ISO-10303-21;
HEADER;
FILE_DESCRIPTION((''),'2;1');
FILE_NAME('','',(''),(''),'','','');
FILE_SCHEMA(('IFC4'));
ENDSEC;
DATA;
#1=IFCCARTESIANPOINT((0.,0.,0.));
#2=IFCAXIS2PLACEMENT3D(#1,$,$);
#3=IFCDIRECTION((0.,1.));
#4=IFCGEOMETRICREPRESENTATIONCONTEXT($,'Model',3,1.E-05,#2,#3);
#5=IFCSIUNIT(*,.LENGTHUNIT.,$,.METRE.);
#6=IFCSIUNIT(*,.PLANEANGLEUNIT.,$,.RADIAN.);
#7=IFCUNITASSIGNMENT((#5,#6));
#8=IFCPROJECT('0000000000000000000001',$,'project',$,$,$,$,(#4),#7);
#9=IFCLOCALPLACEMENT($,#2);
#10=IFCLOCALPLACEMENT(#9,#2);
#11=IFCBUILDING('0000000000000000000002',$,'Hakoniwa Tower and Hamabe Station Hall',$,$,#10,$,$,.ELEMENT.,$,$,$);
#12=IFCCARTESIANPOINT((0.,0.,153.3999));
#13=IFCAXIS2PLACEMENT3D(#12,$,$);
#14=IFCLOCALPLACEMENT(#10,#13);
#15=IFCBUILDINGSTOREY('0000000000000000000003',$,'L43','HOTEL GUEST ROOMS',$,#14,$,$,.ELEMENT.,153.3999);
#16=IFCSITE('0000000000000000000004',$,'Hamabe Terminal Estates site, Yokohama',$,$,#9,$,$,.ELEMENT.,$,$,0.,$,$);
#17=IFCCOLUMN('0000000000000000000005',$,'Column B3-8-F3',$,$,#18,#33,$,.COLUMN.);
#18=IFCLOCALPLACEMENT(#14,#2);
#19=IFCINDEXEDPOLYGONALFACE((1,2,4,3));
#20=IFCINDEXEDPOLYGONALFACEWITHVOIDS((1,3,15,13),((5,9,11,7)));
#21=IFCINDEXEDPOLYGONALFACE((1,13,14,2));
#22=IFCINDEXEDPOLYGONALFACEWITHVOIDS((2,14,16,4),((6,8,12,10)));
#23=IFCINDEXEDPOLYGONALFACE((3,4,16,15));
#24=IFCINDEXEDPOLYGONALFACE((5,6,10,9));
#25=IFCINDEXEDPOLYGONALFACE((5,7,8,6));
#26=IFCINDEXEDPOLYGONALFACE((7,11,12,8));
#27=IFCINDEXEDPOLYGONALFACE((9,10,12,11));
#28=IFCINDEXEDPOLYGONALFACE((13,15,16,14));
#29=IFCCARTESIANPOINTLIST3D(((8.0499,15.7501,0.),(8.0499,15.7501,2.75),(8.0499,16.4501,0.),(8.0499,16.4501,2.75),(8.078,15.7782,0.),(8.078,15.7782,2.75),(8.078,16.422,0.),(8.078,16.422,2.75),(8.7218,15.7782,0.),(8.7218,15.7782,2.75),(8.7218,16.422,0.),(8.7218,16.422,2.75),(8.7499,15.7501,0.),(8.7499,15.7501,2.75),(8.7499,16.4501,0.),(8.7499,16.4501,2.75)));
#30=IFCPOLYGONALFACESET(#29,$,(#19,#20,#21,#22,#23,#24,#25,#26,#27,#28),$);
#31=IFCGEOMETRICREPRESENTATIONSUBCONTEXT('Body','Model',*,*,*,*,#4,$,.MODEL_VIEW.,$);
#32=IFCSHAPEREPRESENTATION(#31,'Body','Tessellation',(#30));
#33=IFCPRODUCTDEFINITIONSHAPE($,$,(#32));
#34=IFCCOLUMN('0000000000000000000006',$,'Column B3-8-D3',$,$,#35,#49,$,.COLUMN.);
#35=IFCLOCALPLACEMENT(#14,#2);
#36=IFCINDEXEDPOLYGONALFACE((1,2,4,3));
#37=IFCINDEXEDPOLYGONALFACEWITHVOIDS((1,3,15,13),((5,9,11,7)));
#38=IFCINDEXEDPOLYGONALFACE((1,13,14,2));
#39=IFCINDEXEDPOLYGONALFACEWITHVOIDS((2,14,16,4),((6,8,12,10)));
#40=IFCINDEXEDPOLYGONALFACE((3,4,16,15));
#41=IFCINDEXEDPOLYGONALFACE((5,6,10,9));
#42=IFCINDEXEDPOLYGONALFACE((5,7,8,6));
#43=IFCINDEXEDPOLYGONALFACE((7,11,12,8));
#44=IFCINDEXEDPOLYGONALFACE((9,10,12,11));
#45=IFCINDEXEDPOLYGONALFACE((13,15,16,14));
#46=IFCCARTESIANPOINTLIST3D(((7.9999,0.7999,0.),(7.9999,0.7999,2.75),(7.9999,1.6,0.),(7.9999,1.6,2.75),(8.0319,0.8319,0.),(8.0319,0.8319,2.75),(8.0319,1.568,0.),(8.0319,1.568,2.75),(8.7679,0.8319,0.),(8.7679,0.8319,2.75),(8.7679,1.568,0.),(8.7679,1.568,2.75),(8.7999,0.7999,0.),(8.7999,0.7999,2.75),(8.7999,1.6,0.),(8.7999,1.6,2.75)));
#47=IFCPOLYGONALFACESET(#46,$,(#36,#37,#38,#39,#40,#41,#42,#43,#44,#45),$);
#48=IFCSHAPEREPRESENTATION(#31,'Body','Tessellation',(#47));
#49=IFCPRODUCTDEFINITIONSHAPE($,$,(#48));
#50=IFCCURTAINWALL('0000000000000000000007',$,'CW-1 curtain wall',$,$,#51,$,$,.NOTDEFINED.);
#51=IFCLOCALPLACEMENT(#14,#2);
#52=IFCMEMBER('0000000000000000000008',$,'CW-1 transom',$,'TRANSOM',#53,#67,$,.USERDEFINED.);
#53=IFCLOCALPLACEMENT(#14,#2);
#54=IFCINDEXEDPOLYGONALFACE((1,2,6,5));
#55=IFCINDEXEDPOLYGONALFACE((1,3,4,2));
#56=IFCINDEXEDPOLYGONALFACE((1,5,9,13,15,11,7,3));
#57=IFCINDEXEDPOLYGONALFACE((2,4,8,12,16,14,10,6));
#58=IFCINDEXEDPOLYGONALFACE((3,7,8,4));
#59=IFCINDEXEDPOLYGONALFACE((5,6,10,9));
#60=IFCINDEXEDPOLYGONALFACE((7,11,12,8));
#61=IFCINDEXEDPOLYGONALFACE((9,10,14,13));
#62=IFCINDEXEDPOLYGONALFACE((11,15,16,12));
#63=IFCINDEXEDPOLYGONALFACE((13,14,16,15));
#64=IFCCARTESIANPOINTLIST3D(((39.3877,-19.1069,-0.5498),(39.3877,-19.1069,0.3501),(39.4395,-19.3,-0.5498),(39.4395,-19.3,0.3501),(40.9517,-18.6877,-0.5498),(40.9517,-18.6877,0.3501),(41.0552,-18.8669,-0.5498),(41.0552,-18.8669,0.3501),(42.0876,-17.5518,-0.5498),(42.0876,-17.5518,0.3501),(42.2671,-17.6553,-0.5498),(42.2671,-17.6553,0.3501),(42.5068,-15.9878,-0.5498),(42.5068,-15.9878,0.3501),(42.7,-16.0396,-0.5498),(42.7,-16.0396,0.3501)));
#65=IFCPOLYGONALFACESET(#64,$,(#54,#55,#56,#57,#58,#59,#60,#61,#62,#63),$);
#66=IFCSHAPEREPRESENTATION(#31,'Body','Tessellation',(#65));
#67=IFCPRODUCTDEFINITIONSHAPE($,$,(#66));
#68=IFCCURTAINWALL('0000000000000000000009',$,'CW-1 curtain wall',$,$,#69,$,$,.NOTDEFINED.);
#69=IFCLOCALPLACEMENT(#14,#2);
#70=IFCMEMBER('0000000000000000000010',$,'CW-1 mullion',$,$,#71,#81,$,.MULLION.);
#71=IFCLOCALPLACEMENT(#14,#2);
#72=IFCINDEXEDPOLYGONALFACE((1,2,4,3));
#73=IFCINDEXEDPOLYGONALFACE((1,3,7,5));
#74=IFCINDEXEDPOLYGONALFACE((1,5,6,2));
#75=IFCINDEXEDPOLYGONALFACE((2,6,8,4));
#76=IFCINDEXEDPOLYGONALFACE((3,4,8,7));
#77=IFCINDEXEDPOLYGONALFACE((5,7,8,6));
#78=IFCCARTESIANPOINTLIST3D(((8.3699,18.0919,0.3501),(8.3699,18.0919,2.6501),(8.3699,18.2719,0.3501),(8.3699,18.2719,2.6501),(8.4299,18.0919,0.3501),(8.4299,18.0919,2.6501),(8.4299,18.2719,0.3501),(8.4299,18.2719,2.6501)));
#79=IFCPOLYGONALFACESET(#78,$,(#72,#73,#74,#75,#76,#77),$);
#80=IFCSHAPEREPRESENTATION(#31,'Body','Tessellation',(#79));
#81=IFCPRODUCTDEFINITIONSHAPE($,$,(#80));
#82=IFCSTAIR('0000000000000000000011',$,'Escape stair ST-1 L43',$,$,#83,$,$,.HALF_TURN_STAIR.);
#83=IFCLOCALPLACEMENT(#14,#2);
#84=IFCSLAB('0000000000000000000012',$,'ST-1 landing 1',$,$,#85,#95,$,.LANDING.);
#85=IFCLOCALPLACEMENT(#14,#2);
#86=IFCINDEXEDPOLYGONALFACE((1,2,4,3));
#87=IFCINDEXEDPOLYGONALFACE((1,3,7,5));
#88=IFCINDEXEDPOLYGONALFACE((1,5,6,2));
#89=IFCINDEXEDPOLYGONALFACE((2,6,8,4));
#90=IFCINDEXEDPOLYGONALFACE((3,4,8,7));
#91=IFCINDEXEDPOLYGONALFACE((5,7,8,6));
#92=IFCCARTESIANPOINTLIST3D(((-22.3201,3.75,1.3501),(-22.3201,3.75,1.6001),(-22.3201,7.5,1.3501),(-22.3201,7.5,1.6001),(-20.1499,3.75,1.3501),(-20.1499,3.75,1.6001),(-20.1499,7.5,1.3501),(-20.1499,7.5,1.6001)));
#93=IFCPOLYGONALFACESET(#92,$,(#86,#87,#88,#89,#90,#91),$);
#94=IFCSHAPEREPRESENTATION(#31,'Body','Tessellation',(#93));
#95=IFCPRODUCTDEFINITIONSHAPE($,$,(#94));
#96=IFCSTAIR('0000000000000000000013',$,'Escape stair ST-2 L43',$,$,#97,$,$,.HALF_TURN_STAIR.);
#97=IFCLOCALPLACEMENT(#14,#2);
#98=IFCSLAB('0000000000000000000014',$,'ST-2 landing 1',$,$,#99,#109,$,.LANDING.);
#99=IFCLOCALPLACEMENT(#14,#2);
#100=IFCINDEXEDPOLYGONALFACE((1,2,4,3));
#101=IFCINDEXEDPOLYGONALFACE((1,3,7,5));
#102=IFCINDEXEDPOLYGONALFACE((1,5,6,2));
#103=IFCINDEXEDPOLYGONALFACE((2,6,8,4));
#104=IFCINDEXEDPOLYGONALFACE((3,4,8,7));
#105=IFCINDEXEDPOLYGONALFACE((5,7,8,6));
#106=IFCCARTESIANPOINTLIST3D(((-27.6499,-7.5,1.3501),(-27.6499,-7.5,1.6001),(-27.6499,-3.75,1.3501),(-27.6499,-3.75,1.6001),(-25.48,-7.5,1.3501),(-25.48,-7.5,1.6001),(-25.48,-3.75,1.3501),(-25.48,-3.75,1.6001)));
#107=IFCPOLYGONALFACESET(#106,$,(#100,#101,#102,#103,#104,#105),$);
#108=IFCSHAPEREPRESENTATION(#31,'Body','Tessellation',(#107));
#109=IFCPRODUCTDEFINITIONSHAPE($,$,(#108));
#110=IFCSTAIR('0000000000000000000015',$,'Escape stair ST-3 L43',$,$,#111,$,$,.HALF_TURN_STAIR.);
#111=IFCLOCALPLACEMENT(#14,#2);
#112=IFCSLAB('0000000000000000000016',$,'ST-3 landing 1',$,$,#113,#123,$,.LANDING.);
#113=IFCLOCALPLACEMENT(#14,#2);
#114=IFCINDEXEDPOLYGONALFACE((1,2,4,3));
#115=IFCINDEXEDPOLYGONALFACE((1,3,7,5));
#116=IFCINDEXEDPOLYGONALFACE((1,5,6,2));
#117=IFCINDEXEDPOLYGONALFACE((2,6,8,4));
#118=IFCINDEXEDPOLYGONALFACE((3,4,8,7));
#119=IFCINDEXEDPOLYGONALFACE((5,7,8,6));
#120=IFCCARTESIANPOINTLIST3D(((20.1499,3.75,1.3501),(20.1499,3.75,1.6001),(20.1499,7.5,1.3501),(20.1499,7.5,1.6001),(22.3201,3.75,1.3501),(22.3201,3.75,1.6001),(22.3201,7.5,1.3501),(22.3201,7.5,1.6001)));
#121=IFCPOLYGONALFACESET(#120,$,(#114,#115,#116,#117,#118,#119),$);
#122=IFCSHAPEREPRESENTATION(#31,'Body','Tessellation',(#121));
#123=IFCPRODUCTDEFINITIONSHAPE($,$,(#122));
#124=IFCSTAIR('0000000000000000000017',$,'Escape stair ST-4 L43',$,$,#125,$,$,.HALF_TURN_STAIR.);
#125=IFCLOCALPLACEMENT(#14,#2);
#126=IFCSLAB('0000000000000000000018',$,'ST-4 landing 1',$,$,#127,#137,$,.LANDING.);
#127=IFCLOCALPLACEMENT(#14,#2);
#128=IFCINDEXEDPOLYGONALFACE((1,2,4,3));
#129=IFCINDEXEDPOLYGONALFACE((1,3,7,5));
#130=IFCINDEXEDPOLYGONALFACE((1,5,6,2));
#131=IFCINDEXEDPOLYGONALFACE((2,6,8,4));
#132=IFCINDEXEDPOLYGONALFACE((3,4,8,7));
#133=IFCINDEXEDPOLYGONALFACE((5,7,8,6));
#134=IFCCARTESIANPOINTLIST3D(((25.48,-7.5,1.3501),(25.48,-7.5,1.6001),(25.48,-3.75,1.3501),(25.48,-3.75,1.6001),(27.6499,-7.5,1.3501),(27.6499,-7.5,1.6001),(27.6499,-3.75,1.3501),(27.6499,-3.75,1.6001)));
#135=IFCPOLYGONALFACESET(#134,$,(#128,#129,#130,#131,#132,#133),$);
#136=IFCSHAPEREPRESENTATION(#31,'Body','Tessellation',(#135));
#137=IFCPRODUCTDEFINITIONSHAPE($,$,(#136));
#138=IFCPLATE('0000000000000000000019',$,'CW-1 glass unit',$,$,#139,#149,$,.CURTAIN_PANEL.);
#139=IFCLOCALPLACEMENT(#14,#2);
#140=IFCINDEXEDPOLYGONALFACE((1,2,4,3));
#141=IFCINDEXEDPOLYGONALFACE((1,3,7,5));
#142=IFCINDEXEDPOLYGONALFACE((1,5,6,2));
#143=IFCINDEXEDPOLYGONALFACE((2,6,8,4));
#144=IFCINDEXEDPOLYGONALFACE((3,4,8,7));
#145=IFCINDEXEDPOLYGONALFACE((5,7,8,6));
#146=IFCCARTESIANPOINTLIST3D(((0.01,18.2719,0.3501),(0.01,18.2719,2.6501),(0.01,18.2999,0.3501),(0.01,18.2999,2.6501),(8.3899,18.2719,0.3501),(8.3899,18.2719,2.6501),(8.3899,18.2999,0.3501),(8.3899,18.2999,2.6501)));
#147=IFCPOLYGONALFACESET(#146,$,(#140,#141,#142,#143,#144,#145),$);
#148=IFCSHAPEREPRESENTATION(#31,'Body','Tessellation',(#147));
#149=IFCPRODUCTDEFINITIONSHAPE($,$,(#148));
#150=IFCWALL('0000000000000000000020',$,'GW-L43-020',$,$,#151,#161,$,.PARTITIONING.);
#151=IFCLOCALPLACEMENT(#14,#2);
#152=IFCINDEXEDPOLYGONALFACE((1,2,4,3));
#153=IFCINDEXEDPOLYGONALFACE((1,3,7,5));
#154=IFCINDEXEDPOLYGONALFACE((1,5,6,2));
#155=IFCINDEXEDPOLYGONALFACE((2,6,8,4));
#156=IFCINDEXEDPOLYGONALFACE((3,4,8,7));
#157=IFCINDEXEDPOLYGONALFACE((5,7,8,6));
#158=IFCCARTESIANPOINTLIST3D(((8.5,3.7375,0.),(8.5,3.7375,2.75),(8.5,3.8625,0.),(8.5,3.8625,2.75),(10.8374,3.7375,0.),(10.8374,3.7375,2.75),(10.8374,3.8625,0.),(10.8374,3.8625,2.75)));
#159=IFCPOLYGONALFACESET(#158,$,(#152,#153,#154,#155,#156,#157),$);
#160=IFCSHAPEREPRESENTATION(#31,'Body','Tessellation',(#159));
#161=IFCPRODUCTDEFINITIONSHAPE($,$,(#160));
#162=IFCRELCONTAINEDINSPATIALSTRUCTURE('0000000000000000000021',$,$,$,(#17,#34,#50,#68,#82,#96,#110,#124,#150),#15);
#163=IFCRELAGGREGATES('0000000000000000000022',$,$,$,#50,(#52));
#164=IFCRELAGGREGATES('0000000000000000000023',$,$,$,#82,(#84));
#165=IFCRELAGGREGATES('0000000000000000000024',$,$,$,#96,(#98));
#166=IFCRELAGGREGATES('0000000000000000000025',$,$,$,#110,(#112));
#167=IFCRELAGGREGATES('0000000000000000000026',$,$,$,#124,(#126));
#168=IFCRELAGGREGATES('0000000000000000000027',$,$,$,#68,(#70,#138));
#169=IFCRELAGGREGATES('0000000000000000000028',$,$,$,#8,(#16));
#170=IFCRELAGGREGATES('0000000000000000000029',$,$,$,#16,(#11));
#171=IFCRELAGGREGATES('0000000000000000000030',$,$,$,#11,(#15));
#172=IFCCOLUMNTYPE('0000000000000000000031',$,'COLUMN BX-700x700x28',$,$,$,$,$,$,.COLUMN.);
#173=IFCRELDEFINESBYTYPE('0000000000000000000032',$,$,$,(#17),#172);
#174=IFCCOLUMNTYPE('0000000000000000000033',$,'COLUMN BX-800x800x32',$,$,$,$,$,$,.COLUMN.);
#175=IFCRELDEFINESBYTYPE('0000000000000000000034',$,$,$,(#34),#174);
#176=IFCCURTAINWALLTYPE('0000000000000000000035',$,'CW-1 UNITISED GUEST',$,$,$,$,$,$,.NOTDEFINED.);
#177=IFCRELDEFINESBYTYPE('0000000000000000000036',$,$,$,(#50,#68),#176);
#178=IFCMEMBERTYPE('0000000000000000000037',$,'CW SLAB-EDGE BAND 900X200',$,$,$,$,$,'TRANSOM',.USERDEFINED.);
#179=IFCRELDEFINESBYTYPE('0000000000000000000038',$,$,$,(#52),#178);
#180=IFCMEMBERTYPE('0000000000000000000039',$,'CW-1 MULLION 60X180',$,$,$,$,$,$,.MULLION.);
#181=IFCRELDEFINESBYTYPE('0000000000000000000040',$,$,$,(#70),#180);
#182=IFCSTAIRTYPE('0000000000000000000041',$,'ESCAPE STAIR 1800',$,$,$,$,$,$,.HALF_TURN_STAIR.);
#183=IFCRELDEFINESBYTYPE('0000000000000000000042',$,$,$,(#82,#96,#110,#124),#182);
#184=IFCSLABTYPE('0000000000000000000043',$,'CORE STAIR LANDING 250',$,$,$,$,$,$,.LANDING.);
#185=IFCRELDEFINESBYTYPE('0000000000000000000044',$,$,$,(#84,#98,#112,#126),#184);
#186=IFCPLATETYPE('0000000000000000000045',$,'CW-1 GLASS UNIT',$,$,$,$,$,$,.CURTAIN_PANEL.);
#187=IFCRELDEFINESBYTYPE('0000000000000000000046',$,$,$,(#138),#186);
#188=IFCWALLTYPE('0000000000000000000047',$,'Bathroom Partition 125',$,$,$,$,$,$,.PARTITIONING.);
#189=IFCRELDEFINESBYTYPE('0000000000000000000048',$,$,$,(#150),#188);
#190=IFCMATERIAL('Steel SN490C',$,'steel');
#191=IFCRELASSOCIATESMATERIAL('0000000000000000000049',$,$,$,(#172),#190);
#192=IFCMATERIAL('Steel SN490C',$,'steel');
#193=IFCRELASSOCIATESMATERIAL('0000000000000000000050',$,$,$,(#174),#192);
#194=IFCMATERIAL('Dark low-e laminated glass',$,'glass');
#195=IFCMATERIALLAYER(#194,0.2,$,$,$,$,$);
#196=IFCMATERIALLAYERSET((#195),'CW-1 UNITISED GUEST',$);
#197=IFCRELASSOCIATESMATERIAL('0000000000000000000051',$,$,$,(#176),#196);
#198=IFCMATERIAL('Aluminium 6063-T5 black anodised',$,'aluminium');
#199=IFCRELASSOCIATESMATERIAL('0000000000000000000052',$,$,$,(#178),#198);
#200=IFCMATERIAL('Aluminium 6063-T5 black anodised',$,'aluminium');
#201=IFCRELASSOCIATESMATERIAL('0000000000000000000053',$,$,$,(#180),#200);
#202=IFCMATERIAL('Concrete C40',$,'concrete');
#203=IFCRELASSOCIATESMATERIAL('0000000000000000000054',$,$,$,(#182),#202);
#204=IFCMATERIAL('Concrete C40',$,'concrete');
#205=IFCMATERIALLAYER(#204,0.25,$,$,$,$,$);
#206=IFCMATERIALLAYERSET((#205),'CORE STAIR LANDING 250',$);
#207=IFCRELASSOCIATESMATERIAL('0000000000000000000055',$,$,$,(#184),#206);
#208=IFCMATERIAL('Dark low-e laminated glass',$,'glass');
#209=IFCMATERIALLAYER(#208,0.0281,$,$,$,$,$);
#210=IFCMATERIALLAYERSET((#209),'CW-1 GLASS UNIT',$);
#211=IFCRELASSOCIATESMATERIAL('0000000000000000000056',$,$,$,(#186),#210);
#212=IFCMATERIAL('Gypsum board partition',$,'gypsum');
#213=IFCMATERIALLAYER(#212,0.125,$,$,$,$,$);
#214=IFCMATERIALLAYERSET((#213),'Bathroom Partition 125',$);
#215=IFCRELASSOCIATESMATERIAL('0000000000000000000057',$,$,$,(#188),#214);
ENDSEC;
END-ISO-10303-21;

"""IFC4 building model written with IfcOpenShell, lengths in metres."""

from ifc_helpers import new_model, si_unit, direction, frame, frame_2d, origin, origin_2d, place, context, subcontext, project, spatial, polyline, rectangle, hollow_rectangle, outline, extrude, material, layer, layer_set, material_profile, profile_set, type_object, element, aggregate, save


model = new_model("IFC4")

# Units and contexts
model_context = context("Model", 3, precision=1e-05, world=origin(), true_north=direction((0.0, 1.0)))
body_context = subcontext(model_context, "Body", "Model", "MODEL_VIEW")
ifc_project = project(units=[si_unit("LENGTHUNIT", "METRE"), si_unit("PLANEANGLEUNIT", "RADIAN")], contexts=[model_context])

# Site, building, storey
site_placement = place(None, origin())
site = spatial("IfcSite", under=ifc_project, at=site_placement, Name="Hamabe Terminal Estates site, Yokohama", CompositionType="ELEMENT", RefElevation=0.0)
building_placement = place(site_placement, origin())
building = spatial("IfcBuilding", under=site, at=building_placement, Name="Hakoniwa Tower and Hamabe Station Hall", CompositionType="ELEMENT")
storey_placement = place(building_placement, frame((0.0, 0.0, 153.3999)))
storey = spatial("IfcBuildingStorey", under=building, at=storey_placement, Name="L43", Description="HOTEL GUEST ROOMS", CompositionType="ELEMENT", Elevation=153.3999)

# Columns
ifc_material_1 = material(Name="Steel SN490C", Category="steel")
ifc_material_profile_1 = material_profile(ifc_material_1, hollow_rectangle(XDim=0.7, YDim=0.7, WallThickness=0.0281, at=origin_2d()), Name="BX-700x700x28")
ifc_profile_set_1 = profile_set([ifc_material_profile_1], Name="Steel SN490C")
column_type_1 = type_object("IfcColumnType", Name="COLUMN BX-700x700x28", PredefinedType="COLUMN", material=ifc_profile_set_1)
column_1_placement = place(storey_placement, frame((8.3999, 16.1001, 0.0), z_axis=(0.0, 0.0, 1.0), x_axis=(1.0, 0.0, 0.0)))
element("IfcColumn", 1, at=column_1_placement, inside=storey, type_object=column_type_1, Name="Column B3-8-F3", PredefinedType="COLUMN", context=body_context, shape_type="SweptSolid", body=[
    extrude(hollow_rectangle(XDim=0.7, YDim=0.7, WallThickness=0.0281, at=origin_2d()), origin(), (0.0, 0.0, 1.0), 2.75),
])
ifc_material_2 = material(Name="Steel SN490C", Category="steel")
ifc_material_profile_2 = material_profile(ifc_material_2, hollow_rectangle(XDim=0.8, YDim=0.8, WallThickness=0.032, at=origin_2d()), Name="BX-800x800x32")
ifc_profile_set_2 = profile_set([ifc_material_profile_2], Name="Steel SN490C")
column_type_2 = type_object("IfcColumnType", Name="COLUMN BX-800x800x32", PredefinedType="COLUMN", material=ifc_profile_set_2)
column_2_placement = place(storey_placement, frame((8.3999, 1.2, 0.0), z_axis=(0.0, 0.0, 1.0), x_axis=(1.0, 0.0, 0.0)))
element("IfcColumn", 2, at=column_2_placement, inside=storey, type_object=column_type_2, Name="Column B3-8-D3", PredefinedType="COLUMN", context=body_context, shape_type="SweptSolid", body=[
    extrude(hollow_rectangle(XDim=0.8, YDim=0.8, WallThickness=0.032, at=origin_2d()), origin(), (0.0, 0.0, 1.0), 2.75),
])

# Curtain walls, members
ifc_material_3 = material(Name="Dark low-e laminated glass", Category="glass")
ifc_layer_1 = layer(ifc_material_3, 0.2)
ifc_layer_set_1 = layer_set([ifc_layer_1], Name="CW-1 UNITISED GUEST")
curtain_wall_type = type_object("IfcCurtainWallType", Name="CW-1 UNITISED GUEST", PredefinedType="NOTDEFINED", material=ifc_layer_set_1)
curtain_wall_1_placement = place(storey_placement, origin())
curtain_wall_1 = element("IfcCurtainWall", 3, at=curtain_wall_1_placement, inside=storey, type_object=curtain_wall_type, Name="CW-1 curtain wall", PredefinedType="NOTDEFINED")
ifc_material_4 = material(Name="Aluminium 6063-T5 black anodised", Category="aluminium")
ifc_material_profile_3 = material_profile(ifc_material_4, rectangle(XDim=0.2, YDim=0.8999, at=origin_2d()), Name="CW SLAB-EDGE BAND 900X200")
ifc_profile_set_3 = profile_set([ifc_material_profile_3], Name="Aluminium 6063-T5 black anodised")
member_type_1 = type_object("IfcMemberType", Name="CW SLAB-EDGE BAND 900X200", ElementType="TRANSOM", PredefinedType="USERDEFINED", material=ifc_profile_set_3)
member_1_placement = place(storey_placement, frame((0.0, 0.0, -0.5498)))
member_1 = element("IfcMember", 4, at=member_1_placement, type_object=member_type_1, Name="CW-1 transom", ObjectType="TRANSOM", PredefinedType="USERDEFINED", context=body_context, shape_type="SweptSolid", body=[
    extrude(outline(polyline([(39.4395, -19.3), (41.0552, -18.8669), (42.2671, -17.6553), (42.7, -16.0396), (42.5068, -15.9878), (42.0876, -17.5518), (40.9517, -18.6877), (39.3877, -19.1069), (39.4395, -19.3)])), origin(), (0.0, 0.0, 1.0), 0.8999),
])
aggregate(curtain_wall_1, [member_1])
curtain_wall_2_placement = place(storey_placement, origin())
curtain_wall_2 = element("IfcCurtainWall", 5, at=curtain_wall_2_placement, inside=storey, type_object=curtain_wall_type, Name="CW-1 curtain wall", PredefinedType="NOTDEFINED")
ifc_material_5 = material(Name="Aluminium 6063-T5 black anodised", Category="aluminium")
ifc_material_profile_4 = material_profile(ifc_material_5, rectangle(XDim=0.0601, YDim=0.1799, at=origin_2d()), Name="CW-1 MULLION 60X180")
ifc_profile_set_4 = profile_set([ifc_material_profile_4], Name="Aluminium 6063-T5 black anodised")
member_type_2 = type_object("IfcMemberType", Name="CW-1 MULLION 60X180", PredefinedType="MULLION", material=ifc_profile_set_4)
member_2_placement = place(storey_placement, frame((8.3999, 18.1819, 0.3501), z_axis=(0.0, 0.0, 1.0), x_axis=(-1.0, 0.0, 0.0)))
member_2 = element("IfcMember", 6, at=member_2_placement, type_object=member_type_2, Name="CW-1 mullion", PredefinedType="MULLION", context=body_context, shape_type="SweptSolid", body=[
    extrude(rectangle(XDim=0.0601, YDim=0.1799, at=origin_2d()), origin(), (0.0, 0.0, 1.0), 2.3),
])

# Stairs, slabs
ifc_material_6 = material(Name="Concrete C40", Category="concrete")
stair_type = type_object("IfcStairType", Name="ESCAPE STAIR 1800", PredefinedType="HALF_TURN_STAIR", material=ifc_material_6)
stair_1_placement = place(storey_placement, origin())
stair_1 = element("IfcStair", 7, at=stair_1_placement, inside=storey, type_object=stair_type, Name="Escape stair ST-1 L43", PredefinedType="HALF_TURN_STAIR")
ifc_material_7 = material(Name="Concrete C40", Category="concrete")
ifc_layer_2 = layer(ifc_material_7, 0.25)
ifc_layer_set_2 = layer_set([ifc_layer_2], Name="CORE STAIR LANDING 250")
slab_type = type_object("IfcSlabType", Name="CORE STAIR LANDING 250", PredefinedType="LANDING", material=ifc_layer_set_2)
slab_1_placement = place(storey_placement, frame((0.0, 0.0, 1.3501)))
slab_1 = element("IfcSlab", 8, at=slab_1_placement, type_object=slab_type, Name="ST-1 landing 1", PredefinedType="LANDING", context=body_context, shape_type="SweptSolid", body=[
    extrude(outline(polyline([(-22.3201, 3.75), (-20.1499, 3.75), (-20.1499, 7.5), (-22.3201, 7.5), (-22.3201, 3.75)])), origin(), (0.0, 0.0, 1.0), 0.25),
])
aggregate(stair_1, [slab_1])
stair_2_placement = place(storey_placement, origin())
stair_2 = element("IfcStair", 9, at=stair_2_placement, inside=storey, type_object=stair_type, Name="Escape stair ST-2 L43", PredefinedType="HALF_TURN_STAIR")
slab_2_placement = place(storey_placement, frame((0.0, 0.0, 1.3501)))
slab_2 = element("IfcSlab", 10, at=slab_2_placement, type_object=slab_type, Name="ST-2 landing 1", PredefinedType="LANDING", context=body_context, shape_type="SweptSolid", body=[
    extrude(outline(polyline([(-25.48, -7.5), (-27.6499, -7.5), (-27.6499, -3.75), (-25.48, -3.75), (-25.48, -7.5)])), origin(), (0.0, 0.0, 1.0), 0.25),
])
aggregate(stair_2, [slab_2])
stair_3_placement = place(storey_placement, origin())
stair_3 = element("IfcStair", 11, at=stair_3_placement, inside=storey, type_object=stair_type, Name="Escape stair ST-3 L43", PredefinedType="HALF_TURN_STAIR")
slab_3_placement = place(storey_placement, frame((0.0, 0.0, 1.3501)))
slab_3 = element("IfcSlab", 12, at=slab_3_placement, type_object=slab_type, Name="ST-3 landing 1", PredefinedType="LANDING", context=body_context, shape_type="SweptSolid", body=[
    extrude(outline(polyline([(22.3201, 3.75), (20.1499, 3.75), (20.1499, 7.5), (22.3201, 7.5), (22.3201, 3.75)])), origin(), (0.0, 0.0, 1.0), 0.25),
])
aggregate(stair_3, [slab_3])
stair_4_placement = place(storey_placement, origin())
stair_4 = element("IfcStair", 13, at=stair_4_placement, inside=storey, type_object=stair_type, Name="Escape stair ST-4 L43", PredefinedType="HALF_TURN_STAIR")
slab_4_placement = place(storey_placement, frame((0.0, 0.0, 1.3501)))
slab_4 = element("IfcSlab", 14, at=slab_4_placement, type_object=slab_type, Name="ST-4 landing 1", PredefinedType="LANDING", context=body_context, shape_type="SweptSolid", body=[
    extrude(outline(polyline([(25.48, -7.5), (27.6499, -7.5), (27.6499, -3.75), (25.48, -3.75), (25.48, -7.5)])), origin(), (0.0, 0.0, 1.0), 0.25),
])
aggregate(stair_4, [slab_4])

# Plate
ifc_material_8 = material(Name="Dark low-e laminated glass", Category="glass")
ifc_layer_3 = layer(ifc_material_8, 0.0281)
ifc_layer_set_3 = layer_set([ifc_layer_3], Name="CW-1 GLASS UNIT")
plate_type = type_object("IfcPlateType", Name="CW-1 GLASS UNIT", PredefinedType="CURTAIN_PANEL", material=ifc_layer_set_3)
plate_placement = place(storey_placement, frame((4.2, 18.2859, 0.3501), z_axis=(0.0, 0.0, 1.0), x_axis=(-1.0, 0.0, 0.0)))
plate = element("IfcPlate", 15, at=plate_placement, type_object=plate_type, Name="CW-1 glass unit", PredefinedType="CURTAIN_PANEL", context=body_context, shape_type="SweptSolid", body=[
    extrude(rectangle(XDim=8.3799, YDim=0.0281, at=origin_2d()), origin(), (0.0, 0.0, 1.0), 2.3),
])
aggregate(curtain_wall_2, [member_2, plate])

# Wall
ifc_material_9 = material(Name="Gypsum board partition", Category="gypsum")
ifc_layer_4 = layer(ifc_material_9, 0.125)
ifc_layer_set_4 = layer_set([ifc_layer_4], Name="Bathroom Partition 125")
wall_type_1 = type_object("IfcWallType", Name="Bathroom Partition 125", PredefinedType="PARTITIONING", material=ifc_layer_set_4)
wall_1_placement = place(storey_placement, frame((8.5, 3.8, 0.0), z_axis=(0.0, 0.0, 1.0), x_axis=(1.0, 0.0, 0.0)))
element("IfcWall", 16, at=wall_1_placement, inside=storey, type_object=wall_type_1, Name="GW-L43-020", PredefinedType="PARTITIONING", context=body_context, shape_type="SweptSolid", body=[
    extrude(rectangle(XDim=2.3374, YDim=0.125, at=frame_2d((1.1687, 0.0))), origin(), (0.0, 0.0, 1.0), 2.75),
])

save(model, "model.ifc")
